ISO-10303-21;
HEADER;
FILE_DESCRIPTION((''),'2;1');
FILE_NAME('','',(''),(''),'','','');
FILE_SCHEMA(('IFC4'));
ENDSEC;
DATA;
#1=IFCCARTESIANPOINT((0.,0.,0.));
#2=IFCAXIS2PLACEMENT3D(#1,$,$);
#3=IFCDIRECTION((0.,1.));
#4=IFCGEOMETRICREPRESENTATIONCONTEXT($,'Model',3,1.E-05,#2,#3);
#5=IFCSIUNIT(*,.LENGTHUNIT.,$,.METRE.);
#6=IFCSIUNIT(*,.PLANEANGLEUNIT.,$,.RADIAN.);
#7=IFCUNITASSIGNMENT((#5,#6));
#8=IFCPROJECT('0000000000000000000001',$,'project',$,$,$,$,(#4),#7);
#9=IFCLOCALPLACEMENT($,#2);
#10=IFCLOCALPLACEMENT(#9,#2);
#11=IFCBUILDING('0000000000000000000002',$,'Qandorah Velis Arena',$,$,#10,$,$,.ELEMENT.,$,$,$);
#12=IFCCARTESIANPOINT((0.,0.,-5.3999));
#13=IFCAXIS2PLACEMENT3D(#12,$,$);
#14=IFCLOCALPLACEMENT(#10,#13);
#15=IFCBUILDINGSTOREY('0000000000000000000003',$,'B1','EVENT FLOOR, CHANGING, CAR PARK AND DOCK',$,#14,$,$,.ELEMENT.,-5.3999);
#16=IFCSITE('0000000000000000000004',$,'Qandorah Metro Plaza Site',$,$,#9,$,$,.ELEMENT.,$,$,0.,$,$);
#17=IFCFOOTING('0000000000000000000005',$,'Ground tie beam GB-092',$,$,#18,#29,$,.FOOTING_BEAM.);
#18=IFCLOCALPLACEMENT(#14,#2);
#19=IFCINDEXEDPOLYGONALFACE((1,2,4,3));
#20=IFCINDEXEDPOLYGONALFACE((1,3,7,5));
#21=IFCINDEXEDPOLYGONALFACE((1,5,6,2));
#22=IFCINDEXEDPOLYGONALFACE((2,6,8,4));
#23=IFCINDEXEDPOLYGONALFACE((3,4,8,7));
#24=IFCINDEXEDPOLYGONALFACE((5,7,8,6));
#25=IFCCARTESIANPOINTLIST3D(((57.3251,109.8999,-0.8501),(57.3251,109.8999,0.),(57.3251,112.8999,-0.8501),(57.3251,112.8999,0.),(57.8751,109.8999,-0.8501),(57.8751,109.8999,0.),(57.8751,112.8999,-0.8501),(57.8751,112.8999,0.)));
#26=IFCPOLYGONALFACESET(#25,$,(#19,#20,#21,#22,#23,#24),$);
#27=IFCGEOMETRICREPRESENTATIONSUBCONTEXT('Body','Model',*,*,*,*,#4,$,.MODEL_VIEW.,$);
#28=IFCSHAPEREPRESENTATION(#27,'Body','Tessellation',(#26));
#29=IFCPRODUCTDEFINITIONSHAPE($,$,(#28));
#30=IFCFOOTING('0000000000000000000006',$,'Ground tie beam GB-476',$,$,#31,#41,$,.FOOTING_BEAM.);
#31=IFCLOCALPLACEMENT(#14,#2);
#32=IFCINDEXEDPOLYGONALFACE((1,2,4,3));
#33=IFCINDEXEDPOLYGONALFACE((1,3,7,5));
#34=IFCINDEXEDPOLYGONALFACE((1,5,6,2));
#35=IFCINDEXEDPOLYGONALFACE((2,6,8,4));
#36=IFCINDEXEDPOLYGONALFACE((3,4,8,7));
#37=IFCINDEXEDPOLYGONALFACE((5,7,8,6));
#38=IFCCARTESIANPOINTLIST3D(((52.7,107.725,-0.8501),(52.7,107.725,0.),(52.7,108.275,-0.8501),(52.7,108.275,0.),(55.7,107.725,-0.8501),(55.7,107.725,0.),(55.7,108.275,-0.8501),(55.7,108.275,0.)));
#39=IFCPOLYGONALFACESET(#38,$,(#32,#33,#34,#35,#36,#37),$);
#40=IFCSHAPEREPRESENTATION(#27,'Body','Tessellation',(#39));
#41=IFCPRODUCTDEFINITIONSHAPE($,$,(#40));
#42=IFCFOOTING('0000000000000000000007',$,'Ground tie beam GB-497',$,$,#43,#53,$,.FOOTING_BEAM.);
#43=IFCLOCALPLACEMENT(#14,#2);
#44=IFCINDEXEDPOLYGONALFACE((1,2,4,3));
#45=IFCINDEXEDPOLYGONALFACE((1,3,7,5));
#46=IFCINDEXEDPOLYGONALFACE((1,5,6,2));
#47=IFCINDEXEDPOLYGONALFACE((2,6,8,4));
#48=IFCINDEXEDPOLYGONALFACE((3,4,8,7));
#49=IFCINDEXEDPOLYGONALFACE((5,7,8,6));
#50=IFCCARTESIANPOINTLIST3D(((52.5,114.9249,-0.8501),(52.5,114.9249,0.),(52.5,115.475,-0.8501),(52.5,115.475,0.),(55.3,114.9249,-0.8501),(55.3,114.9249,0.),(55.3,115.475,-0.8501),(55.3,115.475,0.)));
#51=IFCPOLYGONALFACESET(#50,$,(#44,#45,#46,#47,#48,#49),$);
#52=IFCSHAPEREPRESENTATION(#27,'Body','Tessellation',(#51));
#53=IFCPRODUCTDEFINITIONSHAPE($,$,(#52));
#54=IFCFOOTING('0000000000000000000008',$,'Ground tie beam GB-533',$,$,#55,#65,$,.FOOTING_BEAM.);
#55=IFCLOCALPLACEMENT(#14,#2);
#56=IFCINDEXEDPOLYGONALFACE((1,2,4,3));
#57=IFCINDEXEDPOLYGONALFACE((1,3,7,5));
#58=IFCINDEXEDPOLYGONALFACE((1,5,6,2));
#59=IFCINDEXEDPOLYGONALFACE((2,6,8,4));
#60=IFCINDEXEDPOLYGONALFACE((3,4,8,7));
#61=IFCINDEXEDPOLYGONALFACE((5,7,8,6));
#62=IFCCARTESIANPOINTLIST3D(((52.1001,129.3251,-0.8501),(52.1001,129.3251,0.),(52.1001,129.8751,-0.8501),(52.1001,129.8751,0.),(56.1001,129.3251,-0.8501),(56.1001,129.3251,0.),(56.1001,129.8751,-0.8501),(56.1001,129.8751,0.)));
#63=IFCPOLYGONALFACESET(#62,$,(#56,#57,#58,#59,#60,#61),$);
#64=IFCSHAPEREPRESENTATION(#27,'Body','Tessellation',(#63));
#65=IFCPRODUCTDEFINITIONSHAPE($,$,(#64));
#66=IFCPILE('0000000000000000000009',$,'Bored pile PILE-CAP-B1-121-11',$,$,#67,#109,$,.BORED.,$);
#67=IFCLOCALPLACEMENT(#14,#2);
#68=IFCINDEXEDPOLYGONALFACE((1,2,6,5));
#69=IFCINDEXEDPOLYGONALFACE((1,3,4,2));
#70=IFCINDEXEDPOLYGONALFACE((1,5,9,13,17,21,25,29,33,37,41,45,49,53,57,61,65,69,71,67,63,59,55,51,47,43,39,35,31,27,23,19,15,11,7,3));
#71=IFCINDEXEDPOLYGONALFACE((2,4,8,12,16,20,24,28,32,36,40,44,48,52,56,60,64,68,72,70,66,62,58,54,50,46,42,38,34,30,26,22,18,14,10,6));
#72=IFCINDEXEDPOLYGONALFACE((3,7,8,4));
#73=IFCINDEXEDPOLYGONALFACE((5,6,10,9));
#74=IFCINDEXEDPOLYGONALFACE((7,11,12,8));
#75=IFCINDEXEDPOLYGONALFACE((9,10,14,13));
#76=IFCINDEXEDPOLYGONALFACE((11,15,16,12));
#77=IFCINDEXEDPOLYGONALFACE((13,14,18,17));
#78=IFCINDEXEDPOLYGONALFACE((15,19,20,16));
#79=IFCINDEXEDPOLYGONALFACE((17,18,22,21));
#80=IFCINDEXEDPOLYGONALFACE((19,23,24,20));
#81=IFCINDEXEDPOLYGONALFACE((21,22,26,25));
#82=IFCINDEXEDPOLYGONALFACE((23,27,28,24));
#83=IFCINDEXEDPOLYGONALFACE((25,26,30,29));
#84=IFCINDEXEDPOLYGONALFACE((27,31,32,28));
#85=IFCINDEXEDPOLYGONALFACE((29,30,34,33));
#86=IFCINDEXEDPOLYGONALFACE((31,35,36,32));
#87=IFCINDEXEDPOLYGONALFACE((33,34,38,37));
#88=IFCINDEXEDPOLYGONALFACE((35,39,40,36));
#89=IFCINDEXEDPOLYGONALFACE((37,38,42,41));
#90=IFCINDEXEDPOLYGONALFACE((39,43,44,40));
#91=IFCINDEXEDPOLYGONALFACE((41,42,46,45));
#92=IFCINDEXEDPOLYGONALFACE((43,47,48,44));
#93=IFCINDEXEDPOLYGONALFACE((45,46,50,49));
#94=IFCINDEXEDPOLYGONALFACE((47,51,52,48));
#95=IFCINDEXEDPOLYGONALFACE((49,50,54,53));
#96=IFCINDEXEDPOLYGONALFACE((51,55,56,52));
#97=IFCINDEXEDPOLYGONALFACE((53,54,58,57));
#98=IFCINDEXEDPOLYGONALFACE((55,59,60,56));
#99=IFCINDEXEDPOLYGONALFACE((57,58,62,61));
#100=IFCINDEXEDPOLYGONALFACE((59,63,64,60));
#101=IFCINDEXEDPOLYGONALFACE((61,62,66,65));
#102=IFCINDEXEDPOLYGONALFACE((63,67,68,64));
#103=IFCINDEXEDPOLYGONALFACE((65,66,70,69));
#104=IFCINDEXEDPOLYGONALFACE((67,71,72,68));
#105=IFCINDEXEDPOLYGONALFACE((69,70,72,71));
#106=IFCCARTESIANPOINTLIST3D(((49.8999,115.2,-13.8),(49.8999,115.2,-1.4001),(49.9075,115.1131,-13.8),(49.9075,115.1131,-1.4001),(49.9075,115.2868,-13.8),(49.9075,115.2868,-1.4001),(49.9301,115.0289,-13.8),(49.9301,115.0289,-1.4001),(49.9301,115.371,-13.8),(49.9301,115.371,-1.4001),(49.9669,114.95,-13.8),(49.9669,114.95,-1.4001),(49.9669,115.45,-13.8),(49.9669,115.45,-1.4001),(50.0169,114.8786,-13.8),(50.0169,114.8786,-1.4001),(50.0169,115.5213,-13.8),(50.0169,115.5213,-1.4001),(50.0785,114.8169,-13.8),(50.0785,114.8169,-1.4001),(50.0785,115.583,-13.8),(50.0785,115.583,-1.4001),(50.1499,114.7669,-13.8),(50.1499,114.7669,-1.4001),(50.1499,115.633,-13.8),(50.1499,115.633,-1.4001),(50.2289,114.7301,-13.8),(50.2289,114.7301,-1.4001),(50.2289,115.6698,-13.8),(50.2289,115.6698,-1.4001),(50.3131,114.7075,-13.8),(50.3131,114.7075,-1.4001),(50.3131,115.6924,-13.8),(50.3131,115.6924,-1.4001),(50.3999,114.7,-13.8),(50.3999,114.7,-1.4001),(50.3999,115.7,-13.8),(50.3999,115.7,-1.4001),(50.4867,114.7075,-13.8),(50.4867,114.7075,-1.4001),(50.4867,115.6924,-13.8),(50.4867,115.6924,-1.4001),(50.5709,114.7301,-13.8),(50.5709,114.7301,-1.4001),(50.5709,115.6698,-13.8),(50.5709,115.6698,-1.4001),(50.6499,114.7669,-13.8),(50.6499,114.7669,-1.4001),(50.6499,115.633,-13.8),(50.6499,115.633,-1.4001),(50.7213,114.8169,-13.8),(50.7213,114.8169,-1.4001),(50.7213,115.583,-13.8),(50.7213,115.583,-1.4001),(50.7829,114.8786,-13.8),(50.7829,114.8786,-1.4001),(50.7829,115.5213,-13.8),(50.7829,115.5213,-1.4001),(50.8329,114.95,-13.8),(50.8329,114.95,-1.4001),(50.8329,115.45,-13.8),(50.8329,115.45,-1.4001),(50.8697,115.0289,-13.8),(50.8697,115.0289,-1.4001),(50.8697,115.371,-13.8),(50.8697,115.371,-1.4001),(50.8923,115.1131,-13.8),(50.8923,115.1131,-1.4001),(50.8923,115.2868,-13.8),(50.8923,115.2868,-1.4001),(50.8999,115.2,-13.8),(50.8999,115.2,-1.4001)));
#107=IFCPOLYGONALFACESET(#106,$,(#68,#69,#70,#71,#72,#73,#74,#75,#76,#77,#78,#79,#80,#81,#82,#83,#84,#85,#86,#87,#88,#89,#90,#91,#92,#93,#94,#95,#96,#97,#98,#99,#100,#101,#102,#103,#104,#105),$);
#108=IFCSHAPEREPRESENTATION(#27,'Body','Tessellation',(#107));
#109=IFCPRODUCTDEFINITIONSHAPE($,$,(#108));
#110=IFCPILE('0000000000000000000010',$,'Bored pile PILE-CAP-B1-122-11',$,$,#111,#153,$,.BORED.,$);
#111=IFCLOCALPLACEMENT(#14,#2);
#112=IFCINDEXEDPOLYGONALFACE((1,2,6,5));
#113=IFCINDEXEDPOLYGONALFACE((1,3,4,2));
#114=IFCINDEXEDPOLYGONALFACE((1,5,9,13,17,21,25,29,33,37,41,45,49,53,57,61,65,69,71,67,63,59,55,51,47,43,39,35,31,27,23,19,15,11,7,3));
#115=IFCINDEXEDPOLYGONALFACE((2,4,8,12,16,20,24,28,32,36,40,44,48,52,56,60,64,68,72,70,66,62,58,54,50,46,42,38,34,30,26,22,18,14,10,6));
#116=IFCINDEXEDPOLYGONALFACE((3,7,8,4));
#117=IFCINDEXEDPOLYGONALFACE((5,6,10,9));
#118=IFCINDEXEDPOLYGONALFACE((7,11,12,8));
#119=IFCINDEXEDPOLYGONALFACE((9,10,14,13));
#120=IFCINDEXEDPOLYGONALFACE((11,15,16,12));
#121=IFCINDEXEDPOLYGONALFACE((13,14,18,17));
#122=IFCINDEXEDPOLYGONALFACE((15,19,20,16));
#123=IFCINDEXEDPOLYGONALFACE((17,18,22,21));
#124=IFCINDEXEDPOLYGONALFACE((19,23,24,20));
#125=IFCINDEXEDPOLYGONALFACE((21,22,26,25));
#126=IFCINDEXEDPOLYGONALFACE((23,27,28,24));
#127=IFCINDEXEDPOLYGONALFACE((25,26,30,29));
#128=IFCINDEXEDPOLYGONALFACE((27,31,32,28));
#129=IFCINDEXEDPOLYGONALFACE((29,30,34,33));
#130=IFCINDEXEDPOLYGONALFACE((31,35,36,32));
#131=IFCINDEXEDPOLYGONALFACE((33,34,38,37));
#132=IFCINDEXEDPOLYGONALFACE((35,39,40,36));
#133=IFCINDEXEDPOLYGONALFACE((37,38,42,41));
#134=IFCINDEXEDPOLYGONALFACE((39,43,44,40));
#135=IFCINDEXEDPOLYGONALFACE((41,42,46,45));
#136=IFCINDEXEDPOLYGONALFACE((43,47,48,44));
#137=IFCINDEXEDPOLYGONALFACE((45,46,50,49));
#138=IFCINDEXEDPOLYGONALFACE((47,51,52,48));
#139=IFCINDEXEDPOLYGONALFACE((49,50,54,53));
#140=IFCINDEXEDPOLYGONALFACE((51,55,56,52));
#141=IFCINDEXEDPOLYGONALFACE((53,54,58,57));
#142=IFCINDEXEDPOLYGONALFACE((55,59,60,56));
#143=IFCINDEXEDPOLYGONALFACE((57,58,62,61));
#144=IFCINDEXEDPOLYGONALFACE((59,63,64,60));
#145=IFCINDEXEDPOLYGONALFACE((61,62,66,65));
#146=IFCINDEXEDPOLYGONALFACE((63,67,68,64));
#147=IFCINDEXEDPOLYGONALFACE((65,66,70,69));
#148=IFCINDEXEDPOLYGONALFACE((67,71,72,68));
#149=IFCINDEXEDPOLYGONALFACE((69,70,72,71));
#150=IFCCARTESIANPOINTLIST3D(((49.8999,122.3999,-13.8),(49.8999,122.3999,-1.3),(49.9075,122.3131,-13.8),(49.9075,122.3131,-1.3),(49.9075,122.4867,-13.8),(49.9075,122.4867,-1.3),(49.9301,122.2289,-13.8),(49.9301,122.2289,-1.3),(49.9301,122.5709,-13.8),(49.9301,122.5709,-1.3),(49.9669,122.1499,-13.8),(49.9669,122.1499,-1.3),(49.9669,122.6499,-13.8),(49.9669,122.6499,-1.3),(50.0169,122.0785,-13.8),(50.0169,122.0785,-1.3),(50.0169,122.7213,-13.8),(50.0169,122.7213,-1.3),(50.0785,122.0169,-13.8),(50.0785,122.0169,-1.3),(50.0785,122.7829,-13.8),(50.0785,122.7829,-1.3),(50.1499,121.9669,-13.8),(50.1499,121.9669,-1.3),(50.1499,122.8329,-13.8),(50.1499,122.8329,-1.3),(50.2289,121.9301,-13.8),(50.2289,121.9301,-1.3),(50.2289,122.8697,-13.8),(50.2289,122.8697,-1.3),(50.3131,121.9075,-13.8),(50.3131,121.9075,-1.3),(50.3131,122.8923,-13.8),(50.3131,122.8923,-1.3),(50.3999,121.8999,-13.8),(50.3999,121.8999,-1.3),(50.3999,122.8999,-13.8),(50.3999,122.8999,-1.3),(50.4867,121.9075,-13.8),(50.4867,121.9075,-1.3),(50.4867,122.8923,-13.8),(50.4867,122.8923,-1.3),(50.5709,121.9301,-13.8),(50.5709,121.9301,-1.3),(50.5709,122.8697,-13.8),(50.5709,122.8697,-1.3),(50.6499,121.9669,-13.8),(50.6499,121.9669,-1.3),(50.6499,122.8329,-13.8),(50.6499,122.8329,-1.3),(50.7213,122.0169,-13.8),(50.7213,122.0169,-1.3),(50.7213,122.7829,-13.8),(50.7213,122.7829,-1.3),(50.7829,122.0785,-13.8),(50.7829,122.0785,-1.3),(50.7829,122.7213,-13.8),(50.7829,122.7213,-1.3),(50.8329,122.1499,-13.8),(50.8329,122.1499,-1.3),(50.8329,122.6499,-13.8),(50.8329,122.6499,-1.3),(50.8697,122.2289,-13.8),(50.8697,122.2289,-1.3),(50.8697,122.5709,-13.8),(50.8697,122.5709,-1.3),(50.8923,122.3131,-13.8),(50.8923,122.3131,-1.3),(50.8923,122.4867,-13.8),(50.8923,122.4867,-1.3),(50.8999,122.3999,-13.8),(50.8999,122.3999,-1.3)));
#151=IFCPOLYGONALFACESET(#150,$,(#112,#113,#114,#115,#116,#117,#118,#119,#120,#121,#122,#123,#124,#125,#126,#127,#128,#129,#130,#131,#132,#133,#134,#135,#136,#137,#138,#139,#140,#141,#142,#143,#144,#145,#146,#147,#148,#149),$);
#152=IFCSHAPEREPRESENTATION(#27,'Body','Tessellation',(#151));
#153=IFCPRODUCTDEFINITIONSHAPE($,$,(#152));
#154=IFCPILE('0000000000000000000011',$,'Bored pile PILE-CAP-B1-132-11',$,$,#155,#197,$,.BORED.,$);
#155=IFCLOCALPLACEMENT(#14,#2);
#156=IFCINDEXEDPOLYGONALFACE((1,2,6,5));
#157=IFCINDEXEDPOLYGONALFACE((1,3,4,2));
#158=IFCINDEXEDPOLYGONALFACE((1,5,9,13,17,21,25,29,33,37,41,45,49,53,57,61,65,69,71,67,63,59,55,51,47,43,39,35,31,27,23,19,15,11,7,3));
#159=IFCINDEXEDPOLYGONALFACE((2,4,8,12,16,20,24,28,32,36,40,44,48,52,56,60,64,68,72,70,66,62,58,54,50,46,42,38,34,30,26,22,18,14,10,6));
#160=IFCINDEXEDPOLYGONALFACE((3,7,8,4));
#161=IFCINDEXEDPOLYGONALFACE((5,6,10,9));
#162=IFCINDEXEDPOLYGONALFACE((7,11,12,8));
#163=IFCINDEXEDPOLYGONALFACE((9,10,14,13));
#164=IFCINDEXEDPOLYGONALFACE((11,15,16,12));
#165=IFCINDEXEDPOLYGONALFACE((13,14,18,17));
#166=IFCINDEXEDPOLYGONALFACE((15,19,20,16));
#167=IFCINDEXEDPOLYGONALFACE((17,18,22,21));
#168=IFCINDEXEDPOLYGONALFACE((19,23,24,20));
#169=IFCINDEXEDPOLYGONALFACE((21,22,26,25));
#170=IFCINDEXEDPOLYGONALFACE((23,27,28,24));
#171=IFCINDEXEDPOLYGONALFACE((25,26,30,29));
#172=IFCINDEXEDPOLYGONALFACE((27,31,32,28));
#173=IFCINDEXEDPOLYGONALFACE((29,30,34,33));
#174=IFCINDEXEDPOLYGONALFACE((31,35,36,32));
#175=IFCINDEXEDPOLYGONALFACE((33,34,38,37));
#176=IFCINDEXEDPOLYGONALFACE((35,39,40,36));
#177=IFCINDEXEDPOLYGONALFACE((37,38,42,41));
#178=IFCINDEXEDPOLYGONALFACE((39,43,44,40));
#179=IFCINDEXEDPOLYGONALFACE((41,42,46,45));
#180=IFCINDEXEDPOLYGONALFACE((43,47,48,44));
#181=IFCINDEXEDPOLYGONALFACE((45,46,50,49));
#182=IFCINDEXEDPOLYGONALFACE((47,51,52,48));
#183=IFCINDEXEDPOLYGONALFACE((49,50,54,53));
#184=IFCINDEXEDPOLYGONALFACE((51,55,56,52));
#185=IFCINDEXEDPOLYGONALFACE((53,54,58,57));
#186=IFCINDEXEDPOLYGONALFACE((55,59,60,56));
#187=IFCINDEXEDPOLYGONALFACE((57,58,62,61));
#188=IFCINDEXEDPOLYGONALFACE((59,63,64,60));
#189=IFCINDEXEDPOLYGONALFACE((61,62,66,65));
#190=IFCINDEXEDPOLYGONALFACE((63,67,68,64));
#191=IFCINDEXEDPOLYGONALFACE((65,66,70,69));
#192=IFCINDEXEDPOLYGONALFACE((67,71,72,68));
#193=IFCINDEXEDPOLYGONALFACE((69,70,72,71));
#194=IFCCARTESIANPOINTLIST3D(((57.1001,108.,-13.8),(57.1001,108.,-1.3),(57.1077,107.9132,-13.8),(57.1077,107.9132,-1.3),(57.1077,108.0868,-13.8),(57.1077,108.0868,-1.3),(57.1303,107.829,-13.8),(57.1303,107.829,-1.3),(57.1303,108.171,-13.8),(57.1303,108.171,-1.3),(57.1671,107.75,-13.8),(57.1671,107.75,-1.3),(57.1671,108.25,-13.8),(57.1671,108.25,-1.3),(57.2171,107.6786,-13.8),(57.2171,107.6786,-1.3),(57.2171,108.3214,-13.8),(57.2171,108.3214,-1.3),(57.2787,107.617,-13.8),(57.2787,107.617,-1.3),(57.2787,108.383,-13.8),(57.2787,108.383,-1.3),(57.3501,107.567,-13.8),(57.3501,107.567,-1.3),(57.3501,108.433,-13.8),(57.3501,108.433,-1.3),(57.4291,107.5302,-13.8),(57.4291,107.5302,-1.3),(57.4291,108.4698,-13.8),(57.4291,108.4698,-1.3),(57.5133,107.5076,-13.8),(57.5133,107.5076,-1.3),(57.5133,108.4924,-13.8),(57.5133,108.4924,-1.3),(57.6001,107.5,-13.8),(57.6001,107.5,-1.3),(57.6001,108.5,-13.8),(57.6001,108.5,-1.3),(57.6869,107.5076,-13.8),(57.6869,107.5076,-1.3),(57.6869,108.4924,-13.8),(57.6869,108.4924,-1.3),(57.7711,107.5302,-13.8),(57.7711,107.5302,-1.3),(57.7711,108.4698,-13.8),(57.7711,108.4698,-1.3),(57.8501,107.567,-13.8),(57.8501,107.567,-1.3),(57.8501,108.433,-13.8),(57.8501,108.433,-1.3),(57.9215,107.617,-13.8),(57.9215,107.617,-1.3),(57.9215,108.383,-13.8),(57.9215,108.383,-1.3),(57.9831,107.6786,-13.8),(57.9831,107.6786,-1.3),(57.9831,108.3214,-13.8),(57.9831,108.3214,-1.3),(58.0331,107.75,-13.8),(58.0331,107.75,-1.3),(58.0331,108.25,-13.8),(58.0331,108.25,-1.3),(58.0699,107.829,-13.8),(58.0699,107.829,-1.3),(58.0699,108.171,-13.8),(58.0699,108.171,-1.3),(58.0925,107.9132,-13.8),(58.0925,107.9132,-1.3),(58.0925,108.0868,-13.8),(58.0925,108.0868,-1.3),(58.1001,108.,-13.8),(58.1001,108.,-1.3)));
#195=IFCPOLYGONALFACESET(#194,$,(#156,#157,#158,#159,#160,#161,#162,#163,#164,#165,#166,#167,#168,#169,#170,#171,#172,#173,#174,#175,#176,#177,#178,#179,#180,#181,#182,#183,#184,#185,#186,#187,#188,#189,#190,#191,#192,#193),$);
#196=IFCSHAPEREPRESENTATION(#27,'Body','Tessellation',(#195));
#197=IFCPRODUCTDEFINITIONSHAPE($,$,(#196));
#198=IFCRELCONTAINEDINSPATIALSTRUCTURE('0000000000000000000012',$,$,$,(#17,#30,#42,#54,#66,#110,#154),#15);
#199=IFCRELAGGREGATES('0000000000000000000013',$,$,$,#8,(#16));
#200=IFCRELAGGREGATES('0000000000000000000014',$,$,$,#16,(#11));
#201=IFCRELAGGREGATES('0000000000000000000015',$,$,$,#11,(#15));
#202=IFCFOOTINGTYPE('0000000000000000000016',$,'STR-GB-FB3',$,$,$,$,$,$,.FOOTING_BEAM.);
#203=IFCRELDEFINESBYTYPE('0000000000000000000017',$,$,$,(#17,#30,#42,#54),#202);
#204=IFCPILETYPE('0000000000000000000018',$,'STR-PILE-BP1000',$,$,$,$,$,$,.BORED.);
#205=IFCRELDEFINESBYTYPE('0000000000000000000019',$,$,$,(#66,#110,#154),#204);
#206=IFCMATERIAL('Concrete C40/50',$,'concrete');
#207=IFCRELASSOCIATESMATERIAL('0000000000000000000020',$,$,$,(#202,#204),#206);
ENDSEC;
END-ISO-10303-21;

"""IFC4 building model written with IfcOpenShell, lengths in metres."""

from ifc_helpers import new_model, si_unit, direction, frame, origin, origin_2d, place, context, subcontext, project, spatial, rectangle, circle, extrude, material, material_profile, profile_set, type_object, element, save


model = new_model("IFC4")

# Units and contexts
model_context = context("Model", 3, precision=1e-05, world=origin(), true_north=direction((0.0, 1.0)))
body_context = subcontext(model_context, "Body", "Model", "MODEL_VIEW")
ifc_project = project(units=[si_unit("LENGTHUNIT", "METRE"), si_unit("PLANEANGLEUNIT", "RADIAN")], contexts=[model_context])

# Site, building, storey
site_placement = place(None, origin())
site = spatial("IfcSite", under=ifc_project, at=site_placement, Name="Qandorah Metro Plaza Site", CompositionType="ELEMENT", RefElevation=0.0)
building_placement = place(site_placement, origin())
building = spatial("IfcBuilding", under=site, at=building_placement, Name="Qandorah Velis Arena", CompositionType="ELEMENT")
storey_placement = place(building_placement, frame((0.0, 0.0, -5.3999)))
storey = spatial("IfcBuildingStorey", under=building, at=storey_placement, Name="B1", Description="EVENT FLOOR, CHANGING, CAR PARK AND DOCK", CompositionType="ELEMENT", Elevation=-5.3999)

# Footings
ifc_material = material(Name="Concrete C40/50", Category="concrete")
ifc_material_profile_1 = material_profile(ifc_material, rectangle(XDim=0.55, YDim=0.8501, at=origin_2d()), Name="GB3 550x850")
ifc_profile_set_1 = profile_set([ifc_material_profile_1], Name="Concrete C40/50")
footing_type_1 = type_object("IfcFootingType", Name="STR-GB-FB3", PredefinedType="FOOTING_BEAM", material=ifc_profile_set_1)
for number, where, z_axis, x_axis, name in (
    (1, (57.6001, 109.8999, -0.425), (0.0, 1.0, 0.0), (-1.0, 0.0, 0.0), "Ground tie beam GB-092"),
    (2, (52.7, 108.0, -0.425), (1.0, 0.0, 0.0), (0.0, 1.0, 0.0), "Ground tie beam GB-476"),
):
    element("IfcFooting", number, at=place(storey_placement, frame(where, z_axis=z_axis, x_axis=x_axis)), inside=storey, type_object=footing_type_1, Name=name, PredefinedType="FOOTING_BEAM", context=body_context, shape_type="SweptSolid", body=[
        extrude(rectangle(XDim=0.55, YDim=0.8501, at=origin_2d()), origin(), (0.0, 0.0, 1.0), 3.0),
    ])
footing_1_placement = place(storey_placement, frame((52.5, 115.2, -0.425), z_axis=(1.0, 0.0, 0.0), x_axis=(0.0, 1.0, 0.0)))
element("IfcFooting", 3, at=footing_1_placement, inside=storey, type_object=footing_type_1, Name="Ground tie beam GB-497", PredefinedType="FOOTING_BEAM", context=body_context, shape_type="SweptSolid", body=[
    extrude(rectangle(XDim=0.55, YDim=0.8501, at=origin_2d()), origin(), (0.0, 0.0, 1.0), 2.8),
])
footing_2_placement = place(storey_placement, frame((52.1001, 129.6001, -0.425), z_axis=(1.0, 0.0, 0.0), x_axis=(0.0, 1.0, 0.0)))
element("IfcFooting", 4, at=footing_2_placement, inside=storey, type_object=footing_type_1, Name="Ground tie beam GB-533", PredefinedType="FOOTING_BEAM", context=body_context, shape_type="SweptSolid", body=[
    extrude(rectangle(XDim=0.55, YDim=0.8501, at=origin_2d()), origin(), (0.0, 0.0, 1.0), 4.0),
])

# Piles
ifc_material_profile_2 = material_profile(ifc_material, circle(Radius=0.5, at=origin_2d()), Name="BORED PILE D1000")
ifc_profile_set_2 = profile_set([ifc_material_profile_2], Name="Concrete C40/50")
pile_type_1 = type_object("IfcPileType", Name="STR-PILE-BP1000", PredefinedType="BORED", material=ifc_profile_set_2)
pile_1_placement = place(storey_placement, frame((50.3999, 115.2, -1.4001), z_axis=(0.0, 0.0, -1.0), x_axis=(1.0, 0.0, 0.0)))
element("IfcPile", 5, at=pile_1_placement, inside=storey, type_object=pile_type_1, Name="Bored pile PILE-CAP-B1-121-11", PredefinedType="BORED", context=body_context, shape_type="SweptSolid", body=[
    extrude(circle(Radius=0.5, at=origin_2d()), origin(), (0.0, 0.0, 1.0), 12.3999),
])
for number, where, z_axis, x_axis, name in (
    (6, (50.3999, 122.3999, -1.3), (0.0, 0.0, -1.0), (1.0, 0.0, 0.0), "Bored pile PILE-CAP-B1-122-11"),
    (7, (57.6001, 108.0, -1.3), (0.0, 0.0, -1.0), (1.0, 0.0, 0.0), "Bored pile PILE-CAP-B1-132-11"),
):
    element("IfcPile", number, at=place(storey_placement, frame(where, z_axis=z_axis, x_axis=x_axis)), inside=storey, type_object=pile_type_1, Name=name, PredefinedType="BORED", context=body_context, shape_type="SweptSolid", body=[
        extrude(circle(Radius=0.5, at=origin_2d()), origin(), (0.0, 0.0, 1.0), 12.5),
    ])

save(model, "model.ifc")
